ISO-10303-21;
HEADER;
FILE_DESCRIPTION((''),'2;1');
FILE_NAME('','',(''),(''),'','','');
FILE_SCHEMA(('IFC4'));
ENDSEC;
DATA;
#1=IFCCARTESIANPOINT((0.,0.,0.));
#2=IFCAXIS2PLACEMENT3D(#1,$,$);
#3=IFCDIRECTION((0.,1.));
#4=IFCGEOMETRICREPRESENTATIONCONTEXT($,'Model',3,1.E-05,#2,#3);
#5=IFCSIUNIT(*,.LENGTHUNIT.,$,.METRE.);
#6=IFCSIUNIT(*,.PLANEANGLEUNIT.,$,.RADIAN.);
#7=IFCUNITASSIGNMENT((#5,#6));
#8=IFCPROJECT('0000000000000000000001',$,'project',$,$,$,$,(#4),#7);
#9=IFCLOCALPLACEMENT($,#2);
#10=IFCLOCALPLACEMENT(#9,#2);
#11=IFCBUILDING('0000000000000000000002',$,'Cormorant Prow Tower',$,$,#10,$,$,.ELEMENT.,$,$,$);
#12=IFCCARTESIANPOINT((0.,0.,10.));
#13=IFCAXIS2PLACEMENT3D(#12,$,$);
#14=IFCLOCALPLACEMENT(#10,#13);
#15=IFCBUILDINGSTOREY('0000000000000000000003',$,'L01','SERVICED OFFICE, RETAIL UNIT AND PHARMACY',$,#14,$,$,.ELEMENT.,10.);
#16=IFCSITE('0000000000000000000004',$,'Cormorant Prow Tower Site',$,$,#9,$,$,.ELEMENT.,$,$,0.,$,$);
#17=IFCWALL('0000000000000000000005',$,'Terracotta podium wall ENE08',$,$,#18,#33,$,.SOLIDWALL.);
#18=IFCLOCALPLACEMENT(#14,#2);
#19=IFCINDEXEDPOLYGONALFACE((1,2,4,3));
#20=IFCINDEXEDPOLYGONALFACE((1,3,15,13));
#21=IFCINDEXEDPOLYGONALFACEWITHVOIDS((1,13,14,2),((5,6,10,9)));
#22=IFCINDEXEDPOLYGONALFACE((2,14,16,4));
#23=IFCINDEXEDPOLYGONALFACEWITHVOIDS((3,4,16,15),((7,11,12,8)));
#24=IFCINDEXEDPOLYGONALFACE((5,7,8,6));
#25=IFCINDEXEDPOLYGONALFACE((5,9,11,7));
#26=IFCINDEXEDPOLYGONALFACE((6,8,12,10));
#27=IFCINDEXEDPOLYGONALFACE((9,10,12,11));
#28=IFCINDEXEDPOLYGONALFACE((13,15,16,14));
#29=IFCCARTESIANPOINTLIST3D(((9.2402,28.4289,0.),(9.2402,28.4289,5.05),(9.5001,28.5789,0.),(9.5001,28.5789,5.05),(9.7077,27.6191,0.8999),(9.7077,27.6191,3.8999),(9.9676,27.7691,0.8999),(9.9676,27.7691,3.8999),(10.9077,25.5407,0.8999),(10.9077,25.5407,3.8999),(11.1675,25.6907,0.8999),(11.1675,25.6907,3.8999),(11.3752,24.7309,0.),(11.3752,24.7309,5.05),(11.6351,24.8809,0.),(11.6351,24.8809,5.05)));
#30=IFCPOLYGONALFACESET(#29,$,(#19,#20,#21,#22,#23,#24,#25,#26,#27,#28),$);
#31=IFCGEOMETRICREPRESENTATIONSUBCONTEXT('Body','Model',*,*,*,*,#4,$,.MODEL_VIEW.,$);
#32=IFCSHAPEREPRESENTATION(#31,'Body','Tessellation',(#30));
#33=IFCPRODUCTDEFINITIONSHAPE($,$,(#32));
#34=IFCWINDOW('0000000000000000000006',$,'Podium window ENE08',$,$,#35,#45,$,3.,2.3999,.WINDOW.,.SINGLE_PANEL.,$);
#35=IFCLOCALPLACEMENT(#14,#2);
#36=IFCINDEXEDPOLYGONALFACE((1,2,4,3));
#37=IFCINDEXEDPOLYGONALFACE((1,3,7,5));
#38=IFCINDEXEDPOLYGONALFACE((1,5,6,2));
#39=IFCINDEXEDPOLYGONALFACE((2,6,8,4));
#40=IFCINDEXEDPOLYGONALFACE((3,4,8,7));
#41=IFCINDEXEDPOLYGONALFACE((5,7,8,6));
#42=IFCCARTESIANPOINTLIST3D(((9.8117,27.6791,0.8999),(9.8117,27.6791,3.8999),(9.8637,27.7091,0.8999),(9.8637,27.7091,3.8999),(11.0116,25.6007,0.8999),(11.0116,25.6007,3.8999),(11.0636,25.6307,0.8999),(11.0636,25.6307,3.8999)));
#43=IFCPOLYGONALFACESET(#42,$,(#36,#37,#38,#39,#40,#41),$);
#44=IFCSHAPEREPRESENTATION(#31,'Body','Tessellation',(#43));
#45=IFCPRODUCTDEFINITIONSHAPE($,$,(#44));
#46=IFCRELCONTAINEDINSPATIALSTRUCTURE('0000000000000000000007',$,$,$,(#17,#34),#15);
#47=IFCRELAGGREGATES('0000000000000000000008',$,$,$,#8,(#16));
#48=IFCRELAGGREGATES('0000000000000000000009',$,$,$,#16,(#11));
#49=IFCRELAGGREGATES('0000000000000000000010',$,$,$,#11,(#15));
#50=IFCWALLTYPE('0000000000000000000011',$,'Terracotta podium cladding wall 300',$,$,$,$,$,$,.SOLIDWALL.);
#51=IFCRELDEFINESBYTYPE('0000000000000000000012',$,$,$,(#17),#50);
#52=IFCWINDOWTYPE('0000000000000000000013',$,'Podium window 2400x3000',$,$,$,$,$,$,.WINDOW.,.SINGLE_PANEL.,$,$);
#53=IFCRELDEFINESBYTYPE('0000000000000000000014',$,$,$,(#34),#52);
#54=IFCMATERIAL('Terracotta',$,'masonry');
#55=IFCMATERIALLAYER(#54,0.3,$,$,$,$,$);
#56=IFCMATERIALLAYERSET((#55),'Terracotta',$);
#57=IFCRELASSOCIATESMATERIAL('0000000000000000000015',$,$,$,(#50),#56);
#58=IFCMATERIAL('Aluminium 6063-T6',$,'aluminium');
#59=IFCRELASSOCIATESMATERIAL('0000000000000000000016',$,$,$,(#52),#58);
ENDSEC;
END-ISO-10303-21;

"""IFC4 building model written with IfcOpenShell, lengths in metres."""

from ifc_helpers import new_model, si_unit, direction, frame, frame_2d, origin, place, context, subcontext, project, spatial, rectangle, extrude, material, layer, layer_set, type_object, element, fill, save


model = new_model("IFC4")

# Units and contexts
model_context = context("Model", 3, precision=1e-05, world=origin(), true_north=direction((0.0, 1.0)))
body_context = subcontext(model_context, "Body", "Model", "MODEL_VIEW")
ifc_project = project(units=[si_unit("LENGTHUNIT", "METRE"), si_unit("PLANEANGLEUNIT", "RADIAN")], contexts=[model_context])

# Site, building, storey
site_placement = place(None, origin())
site = spatial("IfcSite", under=ifc_project, at=site_placement, Name="Cormorant Prow Tower Site", CompositionType="ELEMENT", RefElevation=0.0)
building_placement = place(site_placement, origin())
building = spatial("IfcBuilding", under=site, at=building_placement, Name="Cormorant Prow Tower", CompositionType="ELEMENT")
storey_placement = place(building_placement, frame((0.0, 0.0, 10.0)))
storey = spatial("IfcBuildingStorey", under=building, at=storey_placement, Name="L01", Description="SERVICED OFFICE, RETAIL UNIT AND PHARMACY", CompositionType="ELEMENT", Elevation=10.0)

# Wall, opening, window
ifc_material_1 = material(Name="Terracotta", Category="masonry")
ifc_layer = layer(ifc_material_1, 0.3)
ifc_layer_set = layer_set([ifc_layer], Name="Terracotta")
wall_type = type_object("IfcWallType", Name="Terracotta podium cladding wall 300", PredefinedType="SOLIDWALL", material=ifc_layer_set)
ifc_material_2 = material(Name="Aluminium 6063-T6", Category="aluminium")
window_type = type_object("IfcWindowType", Name="Podium window 2400x3000", PartitioningType="SINGLE_PANEL", PredefinedType="WINDOW", material=ifc_material_2)
wall_1_placement = place(storey_placement, frame((11.5051, 24.8059, 0.0), z_axis=(0.0, 0.0, 1.0), x_axis=(-0.499995, 0.866028, 0.0)))
wall_1 = element("IfcWall", 1, at=wall_1_placement, inside=storey, type_object=wall_type, Name="Terracotta podium wall ENE08", PredefinedType="SOLIDWALL", context=body_context, shape_type="SweptSolid", body=[
    extrude(rectangle(XDim=4.27, YDim=0.3, at=frame_2d((2.135, 0.0))), origin(), (0.0, 0.0, 1.0), 5.05),
])
opening_1_placement = place(wall_1_placement, frame((0.9351, 0.0, 0.8999)))
opening_1 = element("IfcOpeningElement", 2, at=opening_1_placement, cuts=wall_1, PredefinedType="OPENING", context=body_context, shape_type="SweptSolid", body=[
    extrude(rectangle(XDim=2.3999, YDim=3.0, at=frame_2d((1.2, 1.5))), frame((0.0, 0.1599, 0.0), z_axis=(0.0, -1.0, 0.0), x_axis=(1.0, 0.0, 0.0)), (0.0, 0.0, 1.0), 0.3201),
])
window_1_placement = place(opening_1_placement, origin())
window_1 = element("IfcWindow", 3, at=window_1_placement, inside=storey, type_object=window_type, Name="Podium window ENE08", OverallHeight=3.0, OverallWidth=2.3999, PartitioningType="SINGLE_PANEL", PredefinedType="WINDOW", context=body_context, shape_type="SweptSolid", body=[
    extrude(rectangle(XDim=2.3999, YDim=3.0, at=frame_2d((1.2, 1.5))), frame((0.0, 0.03, 0.0), z_axis=(0.0, -1.0, 0.0), x_axis=(1.0, 0.0, 0.0)), (0.0, 0.0, 1.0), 0.0601),
])
fill(opening_1, window_1)

save(model, "model.ifc")
